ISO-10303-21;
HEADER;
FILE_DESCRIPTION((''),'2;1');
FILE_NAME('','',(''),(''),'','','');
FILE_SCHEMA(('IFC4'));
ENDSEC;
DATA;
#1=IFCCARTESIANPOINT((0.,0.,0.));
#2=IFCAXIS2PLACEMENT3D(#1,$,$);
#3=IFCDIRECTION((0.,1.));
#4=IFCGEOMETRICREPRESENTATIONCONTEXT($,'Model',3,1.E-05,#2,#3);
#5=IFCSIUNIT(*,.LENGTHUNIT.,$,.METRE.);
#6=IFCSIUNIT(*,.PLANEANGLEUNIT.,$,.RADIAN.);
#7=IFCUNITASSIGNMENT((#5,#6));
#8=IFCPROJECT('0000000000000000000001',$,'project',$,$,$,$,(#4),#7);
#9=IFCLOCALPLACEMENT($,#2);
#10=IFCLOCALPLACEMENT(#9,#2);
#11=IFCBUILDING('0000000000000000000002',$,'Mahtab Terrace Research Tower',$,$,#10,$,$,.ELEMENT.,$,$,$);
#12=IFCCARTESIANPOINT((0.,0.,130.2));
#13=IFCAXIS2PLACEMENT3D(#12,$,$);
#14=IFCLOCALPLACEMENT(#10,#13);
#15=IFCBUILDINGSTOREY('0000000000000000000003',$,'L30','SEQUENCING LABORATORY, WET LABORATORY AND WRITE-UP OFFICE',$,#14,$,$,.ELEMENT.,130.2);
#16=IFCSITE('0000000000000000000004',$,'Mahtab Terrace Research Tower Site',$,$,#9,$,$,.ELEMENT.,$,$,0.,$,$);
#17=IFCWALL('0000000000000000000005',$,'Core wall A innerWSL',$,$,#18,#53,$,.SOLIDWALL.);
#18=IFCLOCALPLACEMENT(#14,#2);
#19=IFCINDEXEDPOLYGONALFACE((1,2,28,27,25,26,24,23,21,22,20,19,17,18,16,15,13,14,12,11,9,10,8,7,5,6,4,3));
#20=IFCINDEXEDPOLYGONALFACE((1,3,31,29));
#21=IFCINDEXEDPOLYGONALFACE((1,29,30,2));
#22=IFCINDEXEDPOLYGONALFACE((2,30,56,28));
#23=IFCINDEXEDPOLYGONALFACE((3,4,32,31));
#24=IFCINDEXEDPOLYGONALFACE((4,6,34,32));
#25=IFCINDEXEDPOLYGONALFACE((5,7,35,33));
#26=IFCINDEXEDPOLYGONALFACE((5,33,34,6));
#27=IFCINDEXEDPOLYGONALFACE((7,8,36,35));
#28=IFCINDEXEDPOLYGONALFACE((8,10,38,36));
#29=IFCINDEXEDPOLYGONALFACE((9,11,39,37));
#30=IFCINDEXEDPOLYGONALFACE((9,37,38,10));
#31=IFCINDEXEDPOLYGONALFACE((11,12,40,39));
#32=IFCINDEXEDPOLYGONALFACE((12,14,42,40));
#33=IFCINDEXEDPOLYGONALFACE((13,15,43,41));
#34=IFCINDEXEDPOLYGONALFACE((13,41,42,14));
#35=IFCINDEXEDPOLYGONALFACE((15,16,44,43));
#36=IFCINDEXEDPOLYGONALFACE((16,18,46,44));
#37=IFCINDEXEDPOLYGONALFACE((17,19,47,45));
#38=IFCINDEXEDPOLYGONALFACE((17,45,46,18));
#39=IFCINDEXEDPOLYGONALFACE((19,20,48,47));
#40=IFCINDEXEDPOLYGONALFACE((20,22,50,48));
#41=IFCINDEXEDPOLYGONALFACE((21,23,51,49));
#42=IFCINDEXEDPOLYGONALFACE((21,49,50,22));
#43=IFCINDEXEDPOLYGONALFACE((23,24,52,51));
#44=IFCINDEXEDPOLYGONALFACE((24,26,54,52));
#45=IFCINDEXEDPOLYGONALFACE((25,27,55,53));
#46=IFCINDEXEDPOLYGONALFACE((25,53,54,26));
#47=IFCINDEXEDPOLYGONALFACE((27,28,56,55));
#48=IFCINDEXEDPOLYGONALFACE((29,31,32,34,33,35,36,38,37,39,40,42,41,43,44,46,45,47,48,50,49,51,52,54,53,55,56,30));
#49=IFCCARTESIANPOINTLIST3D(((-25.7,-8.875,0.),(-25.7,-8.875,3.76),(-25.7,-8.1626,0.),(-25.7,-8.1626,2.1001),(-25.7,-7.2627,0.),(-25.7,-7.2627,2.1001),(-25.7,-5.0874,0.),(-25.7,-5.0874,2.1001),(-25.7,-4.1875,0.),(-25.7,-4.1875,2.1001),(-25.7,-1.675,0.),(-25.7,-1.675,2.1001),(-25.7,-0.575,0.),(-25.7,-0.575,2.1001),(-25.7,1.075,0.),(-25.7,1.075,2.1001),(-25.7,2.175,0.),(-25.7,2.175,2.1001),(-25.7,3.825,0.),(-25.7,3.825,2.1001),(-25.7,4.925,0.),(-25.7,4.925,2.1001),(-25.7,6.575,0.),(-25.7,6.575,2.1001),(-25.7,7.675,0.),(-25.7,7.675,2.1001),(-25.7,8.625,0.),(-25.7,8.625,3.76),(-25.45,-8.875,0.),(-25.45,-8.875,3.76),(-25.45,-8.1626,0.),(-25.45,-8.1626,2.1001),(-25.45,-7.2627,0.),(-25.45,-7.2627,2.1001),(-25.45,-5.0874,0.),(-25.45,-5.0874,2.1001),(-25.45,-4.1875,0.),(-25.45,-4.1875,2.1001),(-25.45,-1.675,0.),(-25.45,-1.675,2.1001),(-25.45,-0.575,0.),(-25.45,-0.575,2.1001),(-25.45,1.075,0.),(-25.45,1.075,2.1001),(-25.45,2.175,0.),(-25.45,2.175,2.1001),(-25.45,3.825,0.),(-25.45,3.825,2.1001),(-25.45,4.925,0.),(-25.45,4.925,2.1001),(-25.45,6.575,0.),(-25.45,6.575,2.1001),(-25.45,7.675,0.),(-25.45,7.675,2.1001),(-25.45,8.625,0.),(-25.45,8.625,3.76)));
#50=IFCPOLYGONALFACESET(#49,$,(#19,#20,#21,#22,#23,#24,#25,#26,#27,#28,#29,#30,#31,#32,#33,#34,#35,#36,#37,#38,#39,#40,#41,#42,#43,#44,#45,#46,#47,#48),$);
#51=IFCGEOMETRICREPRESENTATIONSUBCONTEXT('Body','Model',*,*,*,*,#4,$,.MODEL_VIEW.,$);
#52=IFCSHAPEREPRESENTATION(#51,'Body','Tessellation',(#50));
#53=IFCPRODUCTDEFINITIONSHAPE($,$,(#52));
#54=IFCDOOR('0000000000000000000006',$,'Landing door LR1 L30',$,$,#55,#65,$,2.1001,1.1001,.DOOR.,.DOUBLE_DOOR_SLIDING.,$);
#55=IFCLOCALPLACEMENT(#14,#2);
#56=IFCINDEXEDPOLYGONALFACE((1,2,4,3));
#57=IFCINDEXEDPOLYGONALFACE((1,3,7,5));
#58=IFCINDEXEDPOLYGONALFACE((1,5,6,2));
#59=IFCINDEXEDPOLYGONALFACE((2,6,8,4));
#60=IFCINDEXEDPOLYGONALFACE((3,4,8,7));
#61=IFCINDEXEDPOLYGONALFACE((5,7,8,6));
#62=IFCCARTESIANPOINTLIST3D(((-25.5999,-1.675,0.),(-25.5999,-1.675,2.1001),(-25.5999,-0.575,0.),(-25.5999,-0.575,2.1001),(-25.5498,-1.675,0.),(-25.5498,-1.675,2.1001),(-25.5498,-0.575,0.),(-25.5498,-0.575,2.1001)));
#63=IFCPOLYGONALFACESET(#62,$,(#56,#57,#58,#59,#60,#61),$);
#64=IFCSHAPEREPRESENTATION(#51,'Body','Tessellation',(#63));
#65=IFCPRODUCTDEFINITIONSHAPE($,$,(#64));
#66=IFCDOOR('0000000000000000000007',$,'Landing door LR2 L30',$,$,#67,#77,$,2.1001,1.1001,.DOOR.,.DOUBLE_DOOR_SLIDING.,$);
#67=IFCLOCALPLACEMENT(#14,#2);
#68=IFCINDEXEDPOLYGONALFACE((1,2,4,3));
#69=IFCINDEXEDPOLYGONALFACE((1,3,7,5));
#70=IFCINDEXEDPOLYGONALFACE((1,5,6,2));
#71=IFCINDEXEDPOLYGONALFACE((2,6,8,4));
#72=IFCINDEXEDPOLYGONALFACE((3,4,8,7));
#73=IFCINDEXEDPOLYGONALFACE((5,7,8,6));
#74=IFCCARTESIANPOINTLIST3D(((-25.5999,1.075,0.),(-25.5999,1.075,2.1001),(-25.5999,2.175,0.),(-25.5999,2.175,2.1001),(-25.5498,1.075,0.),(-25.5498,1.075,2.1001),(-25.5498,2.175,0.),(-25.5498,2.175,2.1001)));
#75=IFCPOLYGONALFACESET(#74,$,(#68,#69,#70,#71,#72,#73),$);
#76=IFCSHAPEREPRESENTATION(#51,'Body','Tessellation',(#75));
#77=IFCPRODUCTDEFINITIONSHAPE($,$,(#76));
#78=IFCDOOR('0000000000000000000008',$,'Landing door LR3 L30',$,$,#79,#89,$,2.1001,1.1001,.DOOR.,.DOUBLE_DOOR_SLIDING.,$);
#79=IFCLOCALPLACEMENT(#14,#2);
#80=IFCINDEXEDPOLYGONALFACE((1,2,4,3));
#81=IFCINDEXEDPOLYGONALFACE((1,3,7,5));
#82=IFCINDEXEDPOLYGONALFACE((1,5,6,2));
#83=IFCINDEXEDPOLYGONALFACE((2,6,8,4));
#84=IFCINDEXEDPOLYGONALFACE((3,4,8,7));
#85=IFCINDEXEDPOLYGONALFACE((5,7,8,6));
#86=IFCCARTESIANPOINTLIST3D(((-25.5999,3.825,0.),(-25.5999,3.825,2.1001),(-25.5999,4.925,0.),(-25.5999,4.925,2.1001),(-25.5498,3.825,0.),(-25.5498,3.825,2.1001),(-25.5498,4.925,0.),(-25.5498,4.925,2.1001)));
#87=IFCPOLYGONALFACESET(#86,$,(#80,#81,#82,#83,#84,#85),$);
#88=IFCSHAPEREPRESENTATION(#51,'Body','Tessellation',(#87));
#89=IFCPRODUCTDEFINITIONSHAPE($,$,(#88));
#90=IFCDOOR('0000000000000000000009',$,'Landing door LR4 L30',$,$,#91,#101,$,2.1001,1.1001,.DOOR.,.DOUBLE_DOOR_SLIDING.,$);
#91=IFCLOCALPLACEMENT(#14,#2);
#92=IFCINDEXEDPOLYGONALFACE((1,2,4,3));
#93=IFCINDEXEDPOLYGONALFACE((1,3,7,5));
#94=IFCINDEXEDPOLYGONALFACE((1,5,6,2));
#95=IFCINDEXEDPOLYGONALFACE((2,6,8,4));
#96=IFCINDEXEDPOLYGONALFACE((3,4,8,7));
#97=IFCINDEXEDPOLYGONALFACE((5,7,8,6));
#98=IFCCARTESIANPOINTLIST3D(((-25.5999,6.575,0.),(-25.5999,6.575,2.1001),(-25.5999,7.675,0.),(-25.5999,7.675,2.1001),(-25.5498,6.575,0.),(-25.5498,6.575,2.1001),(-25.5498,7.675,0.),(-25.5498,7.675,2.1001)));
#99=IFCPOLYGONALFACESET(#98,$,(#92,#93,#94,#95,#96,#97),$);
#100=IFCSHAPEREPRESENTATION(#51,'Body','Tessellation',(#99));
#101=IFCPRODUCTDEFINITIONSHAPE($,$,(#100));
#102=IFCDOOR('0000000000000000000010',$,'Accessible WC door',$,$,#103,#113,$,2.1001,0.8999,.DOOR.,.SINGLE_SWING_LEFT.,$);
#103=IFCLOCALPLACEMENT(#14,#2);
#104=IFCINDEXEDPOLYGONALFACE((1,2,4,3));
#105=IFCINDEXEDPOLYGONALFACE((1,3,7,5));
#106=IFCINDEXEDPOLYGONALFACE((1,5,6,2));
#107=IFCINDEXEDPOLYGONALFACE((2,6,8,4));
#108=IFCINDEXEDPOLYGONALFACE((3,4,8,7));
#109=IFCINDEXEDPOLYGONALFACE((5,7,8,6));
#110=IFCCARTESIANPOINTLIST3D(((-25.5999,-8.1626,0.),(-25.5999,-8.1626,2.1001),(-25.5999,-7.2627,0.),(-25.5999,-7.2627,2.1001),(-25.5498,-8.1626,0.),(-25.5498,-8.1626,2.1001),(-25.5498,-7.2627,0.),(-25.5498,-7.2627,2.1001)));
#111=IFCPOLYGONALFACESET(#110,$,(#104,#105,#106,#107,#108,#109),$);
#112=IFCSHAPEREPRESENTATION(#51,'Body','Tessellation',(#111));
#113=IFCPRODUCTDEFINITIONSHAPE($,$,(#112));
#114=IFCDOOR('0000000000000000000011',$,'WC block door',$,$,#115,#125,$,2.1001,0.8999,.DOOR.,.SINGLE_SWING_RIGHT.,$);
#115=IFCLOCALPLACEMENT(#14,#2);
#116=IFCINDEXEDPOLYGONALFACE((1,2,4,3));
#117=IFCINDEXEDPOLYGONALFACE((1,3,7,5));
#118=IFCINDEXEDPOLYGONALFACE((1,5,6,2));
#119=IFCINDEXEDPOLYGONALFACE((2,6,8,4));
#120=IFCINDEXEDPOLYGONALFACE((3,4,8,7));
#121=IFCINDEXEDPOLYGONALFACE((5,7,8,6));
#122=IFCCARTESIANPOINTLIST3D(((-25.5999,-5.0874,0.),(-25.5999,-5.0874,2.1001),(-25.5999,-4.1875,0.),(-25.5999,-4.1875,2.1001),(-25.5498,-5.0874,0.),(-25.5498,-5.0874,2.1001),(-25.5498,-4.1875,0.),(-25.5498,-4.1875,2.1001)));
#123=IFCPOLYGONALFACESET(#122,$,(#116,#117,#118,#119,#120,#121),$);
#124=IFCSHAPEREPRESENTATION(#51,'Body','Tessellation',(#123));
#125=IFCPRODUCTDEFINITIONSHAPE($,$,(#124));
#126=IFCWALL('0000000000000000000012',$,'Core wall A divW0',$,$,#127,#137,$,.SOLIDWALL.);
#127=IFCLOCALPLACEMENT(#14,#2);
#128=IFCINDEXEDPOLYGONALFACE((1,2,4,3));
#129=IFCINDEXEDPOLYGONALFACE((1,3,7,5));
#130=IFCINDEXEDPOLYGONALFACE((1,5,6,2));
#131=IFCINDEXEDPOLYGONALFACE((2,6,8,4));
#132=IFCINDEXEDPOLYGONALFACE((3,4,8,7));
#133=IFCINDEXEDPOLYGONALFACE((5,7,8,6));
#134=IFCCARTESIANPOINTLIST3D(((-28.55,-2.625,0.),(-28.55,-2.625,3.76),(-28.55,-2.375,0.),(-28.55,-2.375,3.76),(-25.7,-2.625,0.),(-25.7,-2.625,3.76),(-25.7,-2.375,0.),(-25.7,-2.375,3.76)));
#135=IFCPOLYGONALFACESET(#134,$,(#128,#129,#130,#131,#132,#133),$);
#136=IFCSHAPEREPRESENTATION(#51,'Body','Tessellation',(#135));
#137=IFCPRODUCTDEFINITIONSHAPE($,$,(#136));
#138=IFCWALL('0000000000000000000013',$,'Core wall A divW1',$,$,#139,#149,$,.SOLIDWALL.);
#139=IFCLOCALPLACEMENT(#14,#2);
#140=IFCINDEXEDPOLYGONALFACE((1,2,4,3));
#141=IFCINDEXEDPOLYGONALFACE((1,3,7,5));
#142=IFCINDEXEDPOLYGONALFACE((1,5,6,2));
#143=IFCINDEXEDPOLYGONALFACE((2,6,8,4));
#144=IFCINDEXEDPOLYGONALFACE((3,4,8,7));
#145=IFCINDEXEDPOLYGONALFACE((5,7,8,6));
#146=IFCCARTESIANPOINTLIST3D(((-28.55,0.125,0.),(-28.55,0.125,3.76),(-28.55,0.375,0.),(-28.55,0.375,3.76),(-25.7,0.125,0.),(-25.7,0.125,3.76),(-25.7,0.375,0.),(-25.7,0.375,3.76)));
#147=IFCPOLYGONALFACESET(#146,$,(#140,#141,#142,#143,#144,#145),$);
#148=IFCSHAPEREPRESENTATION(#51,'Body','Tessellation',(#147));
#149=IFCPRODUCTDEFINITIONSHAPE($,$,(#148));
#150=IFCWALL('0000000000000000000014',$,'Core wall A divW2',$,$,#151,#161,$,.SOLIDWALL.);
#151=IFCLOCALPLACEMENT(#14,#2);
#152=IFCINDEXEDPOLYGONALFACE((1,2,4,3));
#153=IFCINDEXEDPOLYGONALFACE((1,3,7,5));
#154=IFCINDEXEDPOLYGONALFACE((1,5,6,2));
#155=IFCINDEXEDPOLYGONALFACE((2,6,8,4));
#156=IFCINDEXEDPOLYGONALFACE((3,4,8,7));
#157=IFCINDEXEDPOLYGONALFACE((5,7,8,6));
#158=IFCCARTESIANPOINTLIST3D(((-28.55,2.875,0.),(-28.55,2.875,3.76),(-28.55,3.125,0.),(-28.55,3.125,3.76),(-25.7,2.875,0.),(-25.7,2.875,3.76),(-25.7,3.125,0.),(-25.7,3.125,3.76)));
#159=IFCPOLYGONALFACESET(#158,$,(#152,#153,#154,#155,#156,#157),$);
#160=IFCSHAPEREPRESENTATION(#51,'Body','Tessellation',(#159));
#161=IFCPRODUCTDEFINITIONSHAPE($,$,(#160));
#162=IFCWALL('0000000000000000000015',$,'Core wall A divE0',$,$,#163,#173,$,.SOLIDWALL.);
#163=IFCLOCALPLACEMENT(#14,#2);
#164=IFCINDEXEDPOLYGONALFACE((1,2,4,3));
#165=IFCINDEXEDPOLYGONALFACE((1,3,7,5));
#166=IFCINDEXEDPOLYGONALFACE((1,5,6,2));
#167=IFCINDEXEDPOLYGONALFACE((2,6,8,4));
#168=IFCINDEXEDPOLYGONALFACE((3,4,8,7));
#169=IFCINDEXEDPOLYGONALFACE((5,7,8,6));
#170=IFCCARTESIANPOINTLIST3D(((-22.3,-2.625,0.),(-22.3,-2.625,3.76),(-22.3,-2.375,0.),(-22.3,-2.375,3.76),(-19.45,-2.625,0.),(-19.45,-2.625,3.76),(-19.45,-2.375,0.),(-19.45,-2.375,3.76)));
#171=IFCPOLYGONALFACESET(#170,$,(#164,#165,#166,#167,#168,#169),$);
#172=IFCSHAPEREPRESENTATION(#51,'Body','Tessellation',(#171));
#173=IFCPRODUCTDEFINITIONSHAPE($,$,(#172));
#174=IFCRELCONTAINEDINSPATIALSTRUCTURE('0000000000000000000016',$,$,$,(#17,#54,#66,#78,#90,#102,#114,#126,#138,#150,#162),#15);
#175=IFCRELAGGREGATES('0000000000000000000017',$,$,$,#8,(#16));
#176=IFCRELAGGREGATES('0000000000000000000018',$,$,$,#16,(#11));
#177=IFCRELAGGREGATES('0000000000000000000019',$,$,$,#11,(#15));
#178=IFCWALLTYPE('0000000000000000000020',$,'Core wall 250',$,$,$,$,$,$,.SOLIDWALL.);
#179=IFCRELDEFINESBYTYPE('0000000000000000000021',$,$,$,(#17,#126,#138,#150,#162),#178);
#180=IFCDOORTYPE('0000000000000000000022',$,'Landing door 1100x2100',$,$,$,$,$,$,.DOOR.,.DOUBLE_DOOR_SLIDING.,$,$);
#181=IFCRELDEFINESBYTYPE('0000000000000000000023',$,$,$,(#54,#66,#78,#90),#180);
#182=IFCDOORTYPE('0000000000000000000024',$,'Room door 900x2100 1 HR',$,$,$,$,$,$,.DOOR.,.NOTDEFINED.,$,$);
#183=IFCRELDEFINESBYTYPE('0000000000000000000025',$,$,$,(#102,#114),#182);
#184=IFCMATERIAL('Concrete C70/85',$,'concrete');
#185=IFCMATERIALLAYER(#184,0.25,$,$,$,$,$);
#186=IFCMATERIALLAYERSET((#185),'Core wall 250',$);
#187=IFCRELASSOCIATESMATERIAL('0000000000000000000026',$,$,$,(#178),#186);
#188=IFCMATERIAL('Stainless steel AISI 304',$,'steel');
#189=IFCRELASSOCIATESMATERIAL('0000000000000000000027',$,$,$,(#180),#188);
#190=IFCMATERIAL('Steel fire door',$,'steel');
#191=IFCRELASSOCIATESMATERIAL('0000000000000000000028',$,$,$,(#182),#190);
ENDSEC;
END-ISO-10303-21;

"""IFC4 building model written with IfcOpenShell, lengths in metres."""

from ifc_helpers import new_model, si_unit, direction, frame, frame_2d, origin, place, context, subcontext, project, spatial, rectangle, extrude, material, layer, layer_set, type_object, element, fill, save


model = new_model("IFC4")

# Units and contexts
model_context = context("Model", 3, precision=1e-05, world=origin(), true_north=direction((0.0, 1.0)))
body_context = subcontext(model_context, "Body", "Model", "MODEL_VIEW")
ifc_project = project(units=[si_unit("LENGTHUNIT", "METRE"), si_unit("PLANEANGLEUNIT", "RADIAN")], contexts=[model_context])

# Site, building, storey
site_placement = place(None, origin())
site = spatial("IfcSite", under=ifc_project, at=site_placement, Name="Mahtab Terrace Research Tower Site", CompositionType="ELEMENT", RefElevation=0.0)
building_placement = place(site_placement, origin())
building = spatial("IfcBuilding", under=site, at=building_placement, Name="Mahtab Terrace Research Tower", CompositionType="ELEMENT")
storey_placement = place(building_placement, frame((0.0, 0.0, 130.2)))
storey = spatial("IfcBuildingStorey", under=building, at=storey_placement, Name="L30", Description="SEQUENCING LABORATORY, WET LABORATORY AND WRITE-UP OFFICE", CompositionType="ELEMENT", Elevation=130.2)

# Shared definitions
ifc_material_1 = material(Name="Concrete C70/85", Category="concrete")

# Shared definitions
ifc_layer_1 = layer(ifc_material_1, 0.25)
ifc_layer_set_1 = layer_set([ifc_layer_1], Name="Core wall 250")
wall_type_1 = type_object("IfcWallType", Name="Core wall 250", PredefinedType="SOLIDWALL", material=ifc_layer_set_1)

# Shared definitions
ifc_material_2 = material(Name="Steel fire door", Category="steel")

# Wall, openings, doors
wall_1_placement = place(storey_placement, frame((-25.575, -8.875, 0.0), z_axis=(0.0, 0.0, 1.0), x_axis=(0.0, 1.0, 0.0)))
wall_1 = element("IfcWall", 1, at=wall_1_placement, inside=storey, type_object=wall_type_1, Name="Core wall A innerWSL", PredefinedType="SOLIDWALL", context=body_context, shape_type="SweptSolid", body=[
    extrude(rectangle(XDim=17.5, YDim=0.25, at=frame_2d((8.75, 0.0))), origin(), (0.0, 0.0, 1.0), 3.76),
])
opening_1_placement = place(wall_1_placement, frame((7.2, 0.0, 0.0)))
opening_1 = element("IfcOpeningElement", 2, at=opening_1_placement, cuts=wall_1, PredefinedType="OPENING", context=body_context, shape_type="SweptSolid", body=[
    extrude(rectangle(XDim=1.1001, YDim=2.1001, at=frame_2d((0.55, 1.05))), frame((0.0, 0.135, 0.0), z_axis=(0.0, -1.0, 0.0), x_axis=(1.0, 0.0, 0.0)), (0.0, 0.0, 1.0), 0.27),
])
opening_2_placement = place(wall_1_placement, frame((9.95, 0.0, 0.0)))
opening_2 = element("IfcOpeningElement", 3, at=opening_2_placement, cuts=wall_1, PredefinedType="OPENING", context=body_context, shape_type="SweptSolid", body=[
    extrude(rectangle(XDim=1.1001, YDim=2.1001, at=frame_2d((0.55, 1.05))), frame((0.0, 0.135, 0.0), z_axis=(0.0, -1.0, 0.0), x_axis=(1.0, 0.0, 0.0)), (0.0, 0.0, 1.0), 0.27),
])
opening_3_placement = place(wall_1_placement, frame((12.7, 0.0, 0.0)))
opening_3 = element("IfcOpeningElement", 4, at=opening_3_placement, cuts=wall_1, PredefinedType="OPENING", context=body_context, shape_type="SweptSolid", body=[
    extrude(rectangle(XDim=1.1001, YDim=2.1001, at=frame_2d((0.55, 1.05))), frame((0.0, 0.135, 0.0), z_axis=(0.0, -1.0, 0.0), x_axis=(1.0, 0.0, 0.0)), (0.0, 0.0, 1.0), 0.27),
])
opening_4_placement = place(wall_1_placement, frame((15.45, 0.0, 0.0)))
opening_4 = element("IfcOpeningElement", 5, at=opening_4_placement, cuts=wall_1, PredefinedType="OPENING", context=body_context, shape_type="SweptSolid", body=[
    extrude(rectangle(XDim=1.1001, YDim=2.1001, at=frame_2d((0.55, 1.05))), frame((0.0, 0.135, 0.0), z_axis=(0.0, -1.0, 0.0), x_axis=(1.0, 0.0, 0.0)), (0.0, 0.0, 1.0), 0.27),
])
opening_5_placement = place(wall_1_placement, frame((0.7124, 0.0, 0.0)))
opening_5 = element("IfcOpeningElement", 6, at=opening_5_placement, cuts=wall_1, PredefinedType="OPENING", context=body_context, shape_type="SweptSolid", body=[
    extrude(rectangle(XDim=0.8999, YDim=2.1001, at=frame_2d((0.45, 1.05))), frame((0.0, 0.135, 0.0), z_axis=(0.0, -1.0, 0.0), x_axis=(1.0, 0.0, 0.0)), (0.0, 0.0, 1.0), 0.27),
])
opening_6_placement = place(wall_1_placement, frame((3.7876, 0.0, 0.0)))
opening_6 = element("IfcOpeningElement", 7, at=opening_6_placement, cuts=wall_1, PredefinedType="OPENING", context=body_context, shape_type="SweptSolid", body=[
    extrude(rectangle(XDim=0.8999, YDim=2.1001, at=frame_2d((0.45, 1.05))), frame((0.0, 0.135, 0.0), z_axis=(0.0, -1.0, 0.0), x_axis=(1.0, 0.0, 0.0)), (0.0, 0.0, 1.0), 0.27),
])
ifc_material_3 = material(Name="Stainless steel AISI 304", Category="steel")
door_type_1 = type_object("IfcDoorType", Name="Landing door 1100x2100", OperationType="DOUBLE_DOOR_SLIDING", PredefinedType="DOOR", material=ifc_material_3)
door_1_placement = place(opening_1_placement, origin())
door_1 = element("IfcDoor", 8, at=door_1_placement, inside=storey, type_object=door_type_1, Name="Landing door LR1 L30", OperationType="DOUBLE_DOOR_SLIDING", OverallHeight=2.1001, OverallWidth=1.1001, PredefinedType="DOOR", context=body_context, shape_type="SweptSolid", body=[
    extrude(rectangle(XDim=1.1001, YDim=2.1001, at=frame_2d((0.55, 1.05))), frame((0.0, 0.0249, 0.0), z_axis=(0.0, -1.0, 0.0), x_axis=(1.0, 0.0, 0.0)), (0.0, 0.0, 1.0), 0.05),
])
fill(opening_1, door_1)
door_2_placement = place(opening_2_placement, origin())
door_2 = element("IfcDoor", 9, at=door_2_placement, inside=storey, type_object=door_type_1, Name="Landing door LR2 L30", OperationType="DOUBLE_DOOR_SLIDING", OverallHeight=2.1001, OverallWidth=1.1001, PredefinedType="DOOR", context=body_context, shape_type="SweptSolid", body=[
    extrude(rectangle(XDim=1.1001, YDim=2.1001, at=frame_2d((0.55, 1.05))), frame((0.0, 0.0249, 0.0), z_axis=(0.0, -1.0, 0.0), x_axis=(1.0, 0.0, 0.0)), (0.0, 0.0, 1.0), 0.05),
])
fill(opening_2, door_2)
door_3_placement = place(opening_3_placement, origin())
door_3 = element("IfcDoor", 10, at=door_3_placement, inside=storey, type_object=door_type_1, Name="Landing door LR3 L30", OperationType="DOUBLE_DOOR_SLIDING", OverallHeight=2.1001, OverallWidth=1.1001, PredefinedType="DOOR", context=body_context, shape_type="SweptSolid", body=[
    extrude(rectangle(XDim=1.1001, YDim=2.1001, at=frame_2d((0.55, 1.05))), frame((0.0, 0.0249, 0.0), z_axis=(0.0, -1.0, 0.0), x_axis=(1.0, 0.0, 0.0)), (0.0, 0.0, 1.0), 0.05),
])
fill(opening_3, door_3)
door_4_placement = place(opening_4_placement, origin())
door_4 = element("IfcDoor", 11, at=door_4_placement, inside=storey, type_object=door_type_1, Name="Landing door LR4 L30", OperationType="DOUBLE_DOOR_SLIDING", OverallHeight=2.1001, OverallWidth=1.1001, PredefinedType="DOOR", context=body_context, shape_type="SweptSolid", body=[
    extrude(rectangle(XDim=1.1001, YDim=2.1001, at=frame_2d((0.55, 1.05))), frame((0.0, 0.0249, 0.0), z_axis=(0.0, -1.0, 0.0), x_axis=(1.0, 0.0, 0.0)), (0.0, 0.0, 1.0), 0.05),
])
fill(opening_4, door_4)
door_type_2 = type_object("IfcDoorType", Name="Room door 900x2100 1 HR", OperationType="NOTDEFINED", PredefinedType="DOOR", material=ifc_material_2)
door_5_placement = place(opening_5_placement, origin())
door_5 = element("IfcDoor", 12, at=door_5_placement, inside=storey, type_object=door_type_2, Name="Accessible WC door", OperationType="SINGLE_SWING_LEFT", OverallHeight=2.1001, OverallWidth=0.8999, PredefinedType="DOOR", context=body_context, shape_type="SweptSolid", body=[
    extrude(rectangle(XDim=0.8999, YDim=2.1001, at=frame_2d((0.45, 1.05))), frame((0.0, 0.0249, 0.0), z_axis=(0.0, -1.0, 0.0), x_axis=(1.0, 0.0, 0.0)), (0.0, 0.0, 1.0), 0.05),
])
fill(opening_5, door_5)
door_6_placement = place(opening_6_placement, origin())
door_6 = element("IfcDoor", 13, at=door_6_placement, inside=storey, type_object=door_type_2, Name="WC block door", OperationType="SINGLE_SWING_RIGHT", OverallHeight=2.1001, OverallWidth=0.8999, PredefinedType="DOOR", context=body_context, shape_type="SweptSolid", body=[
    extrude(rectangle(XDim=0.8999, YDim=2.1001, at=frame_2d((0.45, 1.05))), frame((0.0, 0.0249, 0.0), z_axis=(0.0, -1.0, 0.0), x_axis=(1.0, 0.0, 0.0)), (0.0, 0.0, 1.0), 0.05),
])
fill(opening_6, door_6)

# Walls
for number, where, z_axis, x_axis, name in (
    (14, (-28.55, -2.5, 0.0), (0.0, 0.0, 1.0), (1.0, 0.0, 0.0), "Core wall A divW0"),
    (15, (-28.55, 0.25, 0.0), (0.0, 0.0, 1.0), (1.0, 0.0, 0.0), "Core wall A divW1"),
    (16, (-28.55, 3.0, 0.0), (0.0, 0.0, 1.0), (1.0, 0.0, 0.0), "Core wall A divW2"),
    (17, (-22.3, -2.5, 0.0), (0.0, 0.0, 1.0), (1.0, 0.0, 0.0), "Core wall A divE0"),
):
    element("IfcWall", number, at=place(storey_placement, frame(where, z_axis=z_axis, x_axis=x_axis)), inside=storey, type_object=wall_type_1, Name=name, PredefinedType="SOLIDWALL", context=body_context, shape_type="SweptSolid", body=[
        extrude(rectangle(XDim=2.8501, YDim=0.25, at=frame_2d((1.425, 0.0))), origin(), (0.0, 0.0, 1.0), 3.76),
    ])

save(model, "model.ifc")
